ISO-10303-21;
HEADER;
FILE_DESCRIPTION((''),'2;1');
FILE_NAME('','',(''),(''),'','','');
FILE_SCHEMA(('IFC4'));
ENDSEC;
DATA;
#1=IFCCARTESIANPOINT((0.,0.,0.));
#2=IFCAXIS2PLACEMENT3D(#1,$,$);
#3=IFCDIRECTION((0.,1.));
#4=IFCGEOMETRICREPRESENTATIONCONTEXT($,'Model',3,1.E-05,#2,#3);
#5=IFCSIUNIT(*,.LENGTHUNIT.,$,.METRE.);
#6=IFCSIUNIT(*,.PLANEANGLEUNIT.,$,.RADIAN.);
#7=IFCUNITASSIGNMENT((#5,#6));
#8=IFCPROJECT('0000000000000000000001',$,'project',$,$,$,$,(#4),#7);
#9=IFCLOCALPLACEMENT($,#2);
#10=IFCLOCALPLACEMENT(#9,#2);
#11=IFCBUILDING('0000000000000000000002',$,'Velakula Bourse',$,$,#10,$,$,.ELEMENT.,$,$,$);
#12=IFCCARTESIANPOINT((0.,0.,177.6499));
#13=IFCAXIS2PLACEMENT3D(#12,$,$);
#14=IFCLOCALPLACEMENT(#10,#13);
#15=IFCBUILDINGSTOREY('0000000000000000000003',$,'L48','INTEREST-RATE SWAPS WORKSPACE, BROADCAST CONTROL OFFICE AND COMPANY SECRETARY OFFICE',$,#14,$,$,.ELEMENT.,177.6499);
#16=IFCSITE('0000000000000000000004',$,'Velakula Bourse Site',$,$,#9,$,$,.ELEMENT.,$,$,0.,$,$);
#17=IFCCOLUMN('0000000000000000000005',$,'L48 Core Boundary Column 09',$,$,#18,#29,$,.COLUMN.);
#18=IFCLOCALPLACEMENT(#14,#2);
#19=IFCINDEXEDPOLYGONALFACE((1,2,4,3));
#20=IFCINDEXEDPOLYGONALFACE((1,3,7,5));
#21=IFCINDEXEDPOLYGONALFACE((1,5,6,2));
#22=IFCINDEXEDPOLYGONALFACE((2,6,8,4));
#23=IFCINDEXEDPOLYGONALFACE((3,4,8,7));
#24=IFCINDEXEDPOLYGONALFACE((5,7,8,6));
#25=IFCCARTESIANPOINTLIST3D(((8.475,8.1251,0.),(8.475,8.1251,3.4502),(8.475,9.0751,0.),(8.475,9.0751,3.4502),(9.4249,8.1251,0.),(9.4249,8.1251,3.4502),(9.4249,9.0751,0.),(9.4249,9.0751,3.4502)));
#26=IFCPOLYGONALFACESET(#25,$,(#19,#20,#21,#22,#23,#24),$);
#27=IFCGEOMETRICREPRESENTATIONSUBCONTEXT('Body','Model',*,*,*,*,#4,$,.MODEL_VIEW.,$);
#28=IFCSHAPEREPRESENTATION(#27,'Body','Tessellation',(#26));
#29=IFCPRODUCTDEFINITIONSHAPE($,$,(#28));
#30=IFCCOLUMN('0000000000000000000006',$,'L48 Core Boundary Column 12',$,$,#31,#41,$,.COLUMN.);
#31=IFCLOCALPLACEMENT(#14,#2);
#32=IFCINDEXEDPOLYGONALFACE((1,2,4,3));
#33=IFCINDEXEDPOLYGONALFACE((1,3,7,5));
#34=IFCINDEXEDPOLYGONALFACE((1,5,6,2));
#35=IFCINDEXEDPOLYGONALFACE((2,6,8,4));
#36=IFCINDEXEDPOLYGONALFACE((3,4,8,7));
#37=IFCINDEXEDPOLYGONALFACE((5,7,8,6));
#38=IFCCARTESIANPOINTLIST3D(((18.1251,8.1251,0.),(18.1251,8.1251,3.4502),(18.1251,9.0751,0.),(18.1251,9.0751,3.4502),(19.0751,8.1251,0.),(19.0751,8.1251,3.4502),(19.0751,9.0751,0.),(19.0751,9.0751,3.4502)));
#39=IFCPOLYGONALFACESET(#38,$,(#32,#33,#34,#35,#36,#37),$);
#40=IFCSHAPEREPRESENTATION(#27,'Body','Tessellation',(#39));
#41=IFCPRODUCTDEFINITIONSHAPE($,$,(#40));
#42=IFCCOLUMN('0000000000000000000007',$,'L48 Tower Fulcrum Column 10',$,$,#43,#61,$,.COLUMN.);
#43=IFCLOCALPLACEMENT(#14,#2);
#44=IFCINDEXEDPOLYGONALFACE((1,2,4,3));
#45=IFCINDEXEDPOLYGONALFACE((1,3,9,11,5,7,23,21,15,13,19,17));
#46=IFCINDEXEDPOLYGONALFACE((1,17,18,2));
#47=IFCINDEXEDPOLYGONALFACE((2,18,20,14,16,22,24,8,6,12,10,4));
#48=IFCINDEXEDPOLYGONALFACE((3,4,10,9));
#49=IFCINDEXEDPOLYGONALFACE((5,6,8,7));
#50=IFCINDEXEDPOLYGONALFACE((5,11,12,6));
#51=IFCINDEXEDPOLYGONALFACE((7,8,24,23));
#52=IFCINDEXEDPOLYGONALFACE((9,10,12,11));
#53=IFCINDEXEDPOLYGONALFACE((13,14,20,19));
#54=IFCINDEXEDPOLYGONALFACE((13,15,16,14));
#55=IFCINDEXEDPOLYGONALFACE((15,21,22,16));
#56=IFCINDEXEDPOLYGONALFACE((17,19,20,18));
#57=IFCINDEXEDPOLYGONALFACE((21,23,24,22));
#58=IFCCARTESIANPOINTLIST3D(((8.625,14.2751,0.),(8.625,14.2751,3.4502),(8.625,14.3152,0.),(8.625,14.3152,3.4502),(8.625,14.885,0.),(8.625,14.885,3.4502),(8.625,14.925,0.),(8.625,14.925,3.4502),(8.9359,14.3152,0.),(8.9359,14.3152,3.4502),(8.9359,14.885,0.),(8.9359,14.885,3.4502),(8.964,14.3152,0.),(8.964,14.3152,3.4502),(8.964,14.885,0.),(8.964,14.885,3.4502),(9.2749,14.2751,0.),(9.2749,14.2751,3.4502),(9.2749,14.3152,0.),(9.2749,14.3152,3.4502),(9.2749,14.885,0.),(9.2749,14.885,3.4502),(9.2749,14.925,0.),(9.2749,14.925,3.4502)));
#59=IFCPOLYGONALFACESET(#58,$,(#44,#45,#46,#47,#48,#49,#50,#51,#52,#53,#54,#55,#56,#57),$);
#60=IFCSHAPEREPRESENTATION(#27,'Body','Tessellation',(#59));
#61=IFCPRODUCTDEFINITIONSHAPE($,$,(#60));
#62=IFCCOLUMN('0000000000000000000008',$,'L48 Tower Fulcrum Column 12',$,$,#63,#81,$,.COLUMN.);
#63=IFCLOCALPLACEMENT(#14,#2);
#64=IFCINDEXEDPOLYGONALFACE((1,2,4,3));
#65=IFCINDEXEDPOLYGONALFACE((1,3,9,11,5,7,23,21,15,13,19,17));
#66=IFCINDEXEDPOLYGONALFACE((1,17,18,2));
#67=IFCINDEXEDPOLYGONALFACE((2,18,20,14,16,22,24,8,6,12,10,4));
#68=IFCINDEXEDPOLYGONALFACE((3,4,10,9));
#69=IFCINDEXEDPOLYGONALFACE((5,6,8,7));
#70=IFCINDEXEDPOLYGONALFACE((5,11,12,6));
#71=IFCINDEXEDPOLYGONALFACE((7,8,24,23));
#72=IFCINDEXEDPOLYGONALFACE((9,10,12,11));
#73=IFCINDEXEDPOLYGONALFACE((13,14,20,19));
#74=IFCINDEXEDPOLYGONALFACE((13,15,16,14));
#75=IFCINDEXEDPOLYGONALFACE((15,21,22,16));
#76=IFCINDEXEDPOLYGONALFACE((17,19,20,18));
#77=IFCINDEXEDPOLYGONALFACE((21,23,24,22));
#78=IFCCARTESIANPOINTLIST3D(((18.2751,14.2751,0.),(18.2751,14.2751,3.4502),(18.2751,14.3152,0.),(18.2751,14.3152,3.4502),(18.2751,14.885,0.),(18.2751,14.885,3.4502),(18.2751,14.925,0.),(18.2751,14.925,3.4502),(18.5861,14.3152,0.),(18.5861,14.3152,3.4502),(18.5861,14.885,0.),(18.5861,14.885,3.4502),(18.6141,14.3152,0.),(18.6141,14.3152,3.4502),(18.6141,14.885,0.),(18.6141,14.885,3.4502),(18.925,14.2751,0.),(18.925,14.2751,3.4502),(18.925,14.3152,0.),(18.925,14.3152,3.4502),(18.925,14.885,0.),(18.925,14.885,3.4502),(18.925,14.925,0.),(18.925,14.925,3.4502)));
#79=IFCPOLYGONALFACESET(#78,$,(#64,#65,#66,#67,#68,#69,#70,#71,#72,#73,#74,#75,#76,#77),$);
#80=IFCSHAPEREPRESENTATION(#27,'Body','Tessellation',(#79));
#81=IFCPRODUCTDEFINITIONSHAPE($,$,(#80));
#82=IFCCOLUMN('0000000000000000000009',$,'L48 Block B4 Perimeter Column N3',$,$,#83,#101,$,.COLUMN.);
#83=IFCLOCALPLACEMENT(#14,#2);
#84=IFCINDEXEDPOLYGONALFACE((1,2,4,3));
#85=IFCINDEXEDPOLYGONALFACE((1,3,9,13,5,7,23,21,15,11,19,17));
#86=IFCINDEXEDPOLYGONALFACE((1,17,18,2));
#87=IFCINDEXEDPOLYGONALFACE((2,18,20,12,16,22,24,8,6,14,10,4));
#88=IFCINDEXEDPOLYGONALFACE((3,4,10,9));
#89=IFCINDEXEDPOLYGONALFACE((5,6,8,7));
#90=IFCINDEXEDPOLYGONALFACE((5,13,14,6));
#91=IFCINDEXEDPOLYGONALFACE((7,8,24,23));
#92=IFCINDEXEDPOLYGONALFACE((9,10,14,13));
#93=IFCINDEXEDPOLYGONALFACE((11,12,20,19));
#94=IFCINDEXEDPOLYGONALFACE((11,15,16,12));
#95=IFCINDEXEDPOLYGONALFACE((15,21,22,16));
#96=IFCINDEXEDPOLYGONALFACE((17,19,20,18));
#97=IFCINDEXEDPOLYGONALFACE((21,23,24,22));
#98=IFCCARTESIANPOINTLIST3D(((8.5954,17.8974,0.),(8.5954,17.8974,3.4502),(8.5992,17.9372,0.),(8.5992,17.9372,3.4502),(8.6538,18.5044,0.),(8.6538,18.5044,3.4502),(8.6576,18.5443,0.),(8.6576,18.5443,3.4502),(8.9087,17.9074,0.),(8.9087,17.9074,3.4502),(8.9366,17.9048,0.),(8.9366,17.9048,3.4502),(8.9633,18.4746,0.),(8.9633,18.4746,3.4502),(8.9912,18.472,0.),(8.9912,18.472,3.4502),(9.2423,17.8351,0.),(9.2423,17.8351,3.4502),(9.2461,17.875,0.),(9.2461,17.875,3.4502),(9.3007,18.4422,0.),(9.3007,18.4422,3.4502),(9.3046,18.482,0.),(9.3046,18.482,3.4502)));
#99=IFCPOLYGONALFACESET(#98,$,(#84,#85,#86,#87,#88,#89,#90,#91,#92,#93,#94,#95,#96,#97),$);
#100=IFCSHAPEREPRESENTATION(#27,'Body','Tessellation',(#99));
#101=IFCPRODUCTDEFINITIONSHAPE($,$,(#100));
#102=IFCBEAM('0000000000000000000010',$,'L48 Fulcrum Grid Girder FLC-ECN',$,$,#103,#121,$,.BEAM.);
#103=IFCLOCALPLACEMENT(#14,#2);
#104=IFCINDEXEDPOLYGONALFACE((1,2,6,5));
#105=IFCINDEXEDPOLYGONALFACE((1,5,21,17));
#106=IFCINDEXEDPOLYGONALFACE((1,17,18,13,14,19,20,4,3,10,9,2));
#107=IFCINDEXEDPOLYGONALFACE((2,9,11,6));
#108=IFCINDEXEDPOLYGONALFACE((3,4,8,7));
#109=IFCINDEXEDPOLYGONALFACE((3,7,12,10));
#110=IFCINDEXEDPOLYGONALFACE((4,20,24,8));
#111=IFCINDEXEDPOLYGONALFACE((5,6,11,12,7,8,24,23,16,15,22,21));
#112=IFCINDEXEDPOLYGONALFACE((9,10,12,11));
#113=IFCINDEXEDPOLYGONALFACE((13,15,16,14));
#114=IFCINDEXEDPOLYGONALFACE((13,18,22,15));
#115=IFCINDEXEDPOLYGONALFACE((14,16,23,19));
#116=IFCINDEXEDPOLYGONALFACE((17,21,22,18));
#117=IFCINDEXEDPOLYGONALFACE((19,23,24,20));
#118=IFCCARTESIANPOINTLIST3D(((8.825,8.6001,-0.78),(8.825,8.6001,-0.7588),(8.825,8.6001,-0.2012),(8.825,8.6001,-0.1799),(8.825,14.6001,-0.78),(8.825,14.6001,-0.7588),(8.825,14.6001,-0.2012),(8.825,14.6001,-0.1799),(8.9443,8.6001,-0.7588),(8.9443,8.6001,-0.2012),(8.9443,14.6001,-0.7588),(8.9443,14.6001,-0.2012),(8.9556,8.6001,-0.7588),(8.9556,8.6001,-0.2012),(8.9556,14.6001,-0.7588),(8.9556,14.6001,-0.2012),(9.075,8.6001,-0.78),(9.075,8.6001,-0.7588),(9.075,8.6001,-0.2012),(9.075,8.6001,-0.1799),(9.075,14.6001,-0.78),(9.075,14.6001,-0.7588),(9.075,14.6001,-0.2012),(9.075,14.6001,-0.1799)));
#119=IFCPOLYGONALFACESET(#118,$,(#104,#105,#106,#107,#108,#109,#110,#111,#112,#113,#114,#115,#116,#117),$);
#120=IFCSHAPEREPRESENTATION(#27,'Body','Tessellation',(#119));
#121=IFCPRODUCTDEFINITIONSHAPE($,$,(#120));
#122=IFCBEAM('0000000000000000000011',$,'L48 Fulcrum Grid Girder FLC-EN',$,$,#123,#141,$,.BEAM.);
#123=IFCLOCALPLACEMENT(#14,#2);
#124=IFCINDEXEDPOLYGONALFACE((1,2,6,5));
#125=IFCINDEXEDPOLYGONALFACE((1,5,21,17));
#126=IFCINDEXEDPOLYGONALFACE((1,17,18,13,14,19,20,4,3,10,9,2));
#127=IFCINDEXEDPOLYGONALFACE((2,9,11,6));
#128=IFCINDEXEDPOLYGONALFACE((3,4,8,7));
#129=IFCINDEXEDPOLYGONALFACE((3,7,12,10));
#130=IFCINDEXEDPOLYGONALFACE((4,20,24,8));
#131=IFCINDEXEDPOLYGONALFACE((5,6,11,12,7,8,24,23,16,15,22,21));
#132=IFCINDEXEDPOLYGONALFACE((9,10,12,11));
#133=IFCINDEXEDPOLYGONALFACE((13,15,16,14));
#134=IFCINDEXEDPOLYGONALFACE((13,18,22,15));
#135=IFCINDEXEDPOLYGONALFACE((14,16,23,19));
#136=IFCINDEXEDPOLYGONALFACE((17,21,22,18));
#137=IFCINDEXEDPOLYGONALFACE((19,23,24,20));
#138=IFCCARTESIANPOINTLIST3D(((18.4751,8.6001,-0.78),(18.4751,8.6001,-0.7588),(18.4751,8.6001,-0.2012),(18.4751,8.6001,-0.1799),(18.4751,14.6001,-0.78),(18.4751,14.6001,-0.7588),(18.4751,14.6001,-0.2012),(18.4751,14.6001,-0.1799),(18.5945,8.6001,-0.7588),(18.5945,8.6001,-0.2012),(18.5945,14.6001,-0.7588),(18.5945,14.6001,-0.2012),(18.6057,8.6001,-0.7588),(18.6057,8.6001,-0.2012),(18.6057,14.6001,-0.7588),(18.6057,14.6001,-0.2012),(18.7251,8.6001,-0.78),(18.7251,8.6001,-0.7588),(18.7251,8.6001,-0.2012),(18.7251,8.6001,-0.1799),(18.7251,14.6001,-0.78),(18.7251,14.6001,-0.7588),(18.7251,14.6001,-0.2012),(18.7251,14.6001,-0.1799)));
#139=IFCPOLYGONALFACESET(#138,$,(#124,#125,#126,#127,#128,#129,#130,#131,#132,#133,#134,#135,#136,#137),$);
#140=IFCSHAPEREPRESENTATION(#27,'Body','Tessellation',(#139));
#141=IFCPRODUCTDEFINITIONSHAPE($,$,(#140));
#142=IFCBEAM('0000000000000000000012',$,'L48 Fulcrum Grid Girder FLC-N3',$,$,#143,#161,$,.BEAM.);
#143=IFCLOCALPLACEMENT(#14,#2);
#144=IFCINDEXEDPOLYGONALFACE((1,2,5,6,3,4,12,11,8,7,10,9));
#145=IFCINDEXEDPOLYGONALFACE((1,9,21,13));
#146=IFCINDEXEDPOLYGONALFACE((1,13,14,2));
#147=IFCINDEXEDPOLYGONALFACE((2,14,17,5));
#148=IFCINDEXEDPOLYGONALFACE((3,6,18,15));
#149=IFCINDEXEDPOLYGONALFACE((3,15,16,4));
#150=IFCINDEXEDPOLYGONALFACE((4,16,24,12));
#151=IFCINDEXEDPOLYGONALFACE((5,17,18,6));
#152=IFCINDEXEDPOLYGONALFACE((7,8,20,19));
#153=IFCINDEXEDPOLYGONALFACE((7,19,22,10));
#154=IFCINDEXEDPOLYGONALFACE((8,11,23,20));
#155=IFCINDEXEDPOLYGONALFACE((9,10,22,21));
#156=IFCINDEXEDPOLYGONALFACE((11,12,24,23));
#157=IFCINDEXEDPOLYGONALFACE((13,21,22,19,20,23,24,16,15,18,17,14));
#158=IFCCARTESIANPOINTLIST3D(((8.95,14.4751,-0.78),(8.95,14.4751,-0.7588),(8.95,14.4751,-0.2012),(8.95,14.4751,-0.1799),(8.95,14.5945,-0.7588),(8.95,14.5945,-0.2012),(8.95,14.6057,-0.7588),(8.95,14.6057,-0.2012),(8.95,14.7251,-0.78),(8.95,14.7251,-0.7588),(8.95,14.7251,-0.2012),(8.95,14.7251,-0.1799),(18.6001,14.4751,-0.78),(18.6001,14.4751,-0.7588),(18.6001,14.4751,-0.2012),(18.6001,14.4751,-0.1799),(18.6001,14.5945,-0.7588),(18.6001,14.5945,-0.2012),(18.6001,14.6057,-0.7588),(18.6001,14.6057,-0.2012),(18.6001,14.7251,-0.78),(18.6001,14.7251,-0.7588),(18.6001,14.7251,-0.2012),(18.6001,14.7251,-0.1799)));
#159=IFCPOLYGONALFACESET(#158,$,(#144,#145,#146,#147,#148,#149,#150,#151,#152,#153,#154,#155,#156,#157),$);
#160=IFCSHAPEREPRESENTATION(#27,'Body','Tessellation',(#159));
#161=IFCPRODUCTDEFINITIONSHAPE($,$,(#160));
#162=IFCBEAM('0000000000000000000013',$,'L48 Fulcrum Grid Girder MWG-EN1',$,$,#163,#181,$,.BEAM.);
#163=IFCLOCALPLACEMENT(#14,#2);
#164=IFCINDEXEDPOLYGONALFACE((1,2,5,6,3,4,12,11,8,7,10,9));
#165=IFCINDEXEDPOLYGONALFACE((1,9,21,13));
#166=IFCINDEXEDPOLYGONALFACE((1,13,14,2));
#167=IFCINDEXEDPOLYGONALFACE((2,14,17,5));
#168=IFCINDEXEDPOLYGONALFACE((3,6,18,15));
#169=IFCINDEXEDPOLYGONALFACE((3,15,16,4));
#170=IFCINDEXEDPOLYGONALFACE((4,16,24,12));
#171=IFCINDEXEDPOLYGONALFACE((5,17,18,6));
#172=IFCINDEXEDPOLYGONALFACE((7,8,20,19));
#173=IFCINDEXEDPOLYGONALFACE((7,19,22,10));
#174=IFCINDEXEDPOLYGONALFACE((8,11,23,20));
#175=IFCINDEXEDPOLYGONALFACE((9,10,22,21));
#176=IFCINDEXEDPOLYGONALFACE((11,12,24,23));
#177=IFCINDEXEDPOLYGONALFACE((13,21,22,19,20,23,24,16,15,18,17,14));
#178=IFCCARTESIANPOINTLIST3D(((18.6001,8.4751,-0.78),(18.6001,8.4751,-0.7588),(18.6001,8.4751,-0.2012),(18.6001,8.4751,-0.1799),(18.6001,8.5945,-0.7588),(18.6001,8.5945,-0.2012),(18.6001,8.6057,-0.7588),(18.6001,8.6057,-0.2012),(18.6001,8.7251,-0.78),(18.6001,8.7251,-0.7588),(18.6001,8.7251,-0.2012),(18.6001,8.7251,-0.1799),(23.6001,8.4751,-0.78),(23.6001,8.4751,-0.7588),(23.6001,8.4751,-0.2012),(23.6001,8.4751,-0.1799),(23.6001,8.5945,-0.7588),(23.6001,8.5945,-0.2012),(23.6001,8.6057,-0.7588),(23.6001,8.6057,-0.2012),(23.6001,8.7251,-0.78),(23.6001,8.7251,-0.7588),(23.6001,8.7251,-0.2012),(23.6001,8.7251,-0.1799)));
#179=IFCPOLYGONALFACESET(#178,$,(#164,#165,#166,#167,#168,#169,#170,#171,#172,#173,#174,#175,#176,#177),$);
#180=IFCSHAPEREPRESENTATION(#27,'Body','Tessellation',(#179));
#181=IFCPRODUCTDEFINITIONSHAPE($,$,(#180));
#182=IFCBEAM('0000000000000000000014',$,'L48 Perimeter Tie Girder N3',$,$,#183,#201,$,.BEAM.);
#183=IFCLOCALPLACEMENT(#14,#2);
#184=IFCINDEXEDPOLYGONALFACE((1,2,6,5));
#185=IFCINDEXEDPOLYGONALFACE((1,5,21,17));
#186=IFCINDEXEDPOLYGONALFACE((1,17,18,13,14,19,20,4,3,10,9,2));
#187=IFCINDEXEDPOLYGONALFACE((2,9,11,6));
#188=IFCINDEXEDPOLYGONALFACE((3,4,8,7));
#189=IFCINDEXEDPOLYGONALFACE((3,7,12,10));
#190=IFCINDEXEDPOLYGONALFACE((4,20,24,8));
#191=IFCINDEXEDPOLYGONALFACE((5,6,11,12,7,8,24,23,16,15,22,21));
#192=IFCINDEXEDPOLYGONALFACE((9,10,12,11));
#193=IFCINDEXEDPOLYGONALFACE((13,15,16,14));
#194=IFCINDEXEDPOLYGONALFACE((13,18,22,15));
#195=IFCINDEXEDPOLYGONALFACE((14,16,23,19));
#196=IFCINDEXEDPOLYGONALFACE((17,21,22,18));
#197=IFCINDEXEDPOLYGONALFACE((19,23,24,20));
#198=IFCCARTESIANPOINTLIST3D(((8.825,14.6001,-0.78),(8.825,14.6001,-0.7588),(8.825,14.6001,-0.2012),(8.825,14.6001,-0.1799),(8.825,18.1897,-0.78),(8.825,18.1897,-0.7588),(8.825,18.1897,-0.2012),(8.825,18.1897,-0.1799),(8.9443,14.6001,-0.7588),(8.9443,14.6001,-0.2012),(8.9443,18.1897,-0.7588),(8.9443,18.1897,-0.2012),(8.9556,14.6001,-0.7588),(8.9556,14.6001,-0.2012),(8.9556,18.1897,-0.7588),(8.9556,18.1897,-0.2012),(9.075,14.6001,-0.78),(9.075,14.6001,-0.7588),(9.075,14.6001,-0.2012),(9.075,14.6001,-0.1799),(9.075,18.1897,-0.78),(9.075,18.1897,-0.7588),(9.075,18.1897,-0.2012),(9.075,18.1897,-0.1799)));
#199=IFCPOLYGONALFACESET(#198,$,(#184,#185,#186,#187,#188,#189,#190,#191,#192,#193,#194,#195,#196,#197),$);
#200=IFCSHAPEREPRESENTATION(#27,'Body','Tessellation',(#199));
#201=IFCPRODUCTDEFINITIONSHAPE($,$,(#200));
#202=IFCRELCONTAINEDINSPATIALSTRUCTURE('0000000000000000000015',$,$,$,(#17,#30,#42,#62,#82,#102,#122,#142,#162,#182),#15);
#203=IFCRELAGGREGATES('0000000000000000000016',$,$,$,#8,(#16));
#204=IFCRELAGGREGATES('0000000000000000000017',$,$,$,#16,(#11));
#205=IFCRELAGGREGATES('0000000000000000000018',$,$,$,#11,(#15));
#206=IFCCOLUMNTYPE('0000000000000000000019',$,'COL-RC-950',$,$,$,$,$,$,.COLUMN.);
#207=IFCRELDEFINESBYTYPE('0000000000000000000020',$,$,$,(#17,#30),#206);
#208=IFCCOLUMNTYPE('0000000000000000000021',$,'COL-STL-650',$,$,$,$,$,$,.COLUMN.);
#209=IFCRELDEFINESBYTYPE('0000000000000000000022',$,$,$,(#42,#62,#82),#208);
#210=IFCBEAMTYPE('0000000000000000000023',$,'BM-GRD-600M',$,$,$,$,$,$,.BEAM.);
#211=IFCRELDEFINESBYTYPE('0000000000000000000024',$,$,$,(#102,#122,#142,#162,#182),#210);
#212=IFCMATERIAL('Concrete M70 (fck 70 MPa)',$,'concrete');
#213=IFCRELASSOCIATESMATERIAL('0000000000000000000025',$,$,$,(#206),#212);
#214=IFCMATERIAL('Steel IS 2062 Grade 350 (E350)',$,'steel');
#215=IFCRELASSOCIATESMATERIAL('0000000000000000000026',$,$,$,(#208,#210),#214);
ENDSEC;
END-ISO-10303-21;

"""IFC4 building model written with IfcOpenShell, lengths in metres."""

from ifc_helpers import new_model, si_unit, direction, frame, origin, origin_2d, place, context, subcontext, project, spatial, rectangle, i_section, extrude, material, material_profile, profile_set, type_object, element, save


model = new_model("IFC4")

# Units and contexts
model_context = context("Model", 3, precision=1e-05, world=origin(), true_north=direction((0.0, 1.0)))
body_context = subcontext(model_context, "Body", "Model", "MODEL_VIEW")
ifc_project = project(units=[si_unit("LENGTHUNIT", "METRE"), si_unit("PLANEANGLEUNIT", "RADIAN")], contexts=[model_context])

# Site, building, storey
site_placement = place(None, origin())
site = spatial("IfcSite", under=ifc_project, at=site_placement, Name="Velakula Bourse Site", CompositionType="ELEMENT", RefElevation=0.0)
building_placement = place(site_placement, origin())
building = spatial("IfcBuilding", under=site, at=building_placement, Name="Velakula Bourse", CompositionType="ELEMENT")
storey_placement = place(building_placement, frame((0.0, 0.0, 177.6499)))
storey = spatial("IfcBuildingStorey", under=building, at=storey_placement, Name="L48", Description="INTEREST-RATE SWAPS WORKSPACE, BROADCAST CONTROL OFFICE AND COMPANY SECRETARY OFFICE", CompositionType="ELEMENT", Elevation=177.6499)

# Columns
ifc_material_1 = material(Name="Concrete M70 (fck 70 MPa)", Category="concrete")
ifc_material_profile_1 = material_profile(ifc_material_1, rectangle(XDim=0.95, YDim=0.95, at=origin_2d()), Name="Concrete M70 (fck 70 MPa)")
ifc_profile_set_1 = profile_set([ifc_material_profile_1], Name="Concrete M70 (fck 70 MPa)")
column_type_1 = type_object("IfcColumnType", Name="COL-RC-950", PredefinedType="COLUMN", material=ifc_profile_set_1)
for number, where, z_axis, x_axis, name in (
    (1, (8.95, 8.6001, 0.0), (0.0, 0.0, 1.0), (1.0, 0.0, 0.0), "L48 Core Boundary Column 09"),
    (2, (18.6001, 8.6001, 0.0), (0.0, 0.0, 1.0), (1.0, 0.0, 0.0), "L48 Core Boundary Column 12"),
):
    element("IfcColumn", number, at=place(storey_placement, frame(where, z_axis=z_axis, x_axis=x_axis)), inside=storey, type_object=column_type_1, Name=name, PredefinedType="COLUMN", context=body_context, shape_type="SweptSolid", body=[
        extrude(rectangle(XDim=0.95, YDim=0.95, at=origin_2d()), origin(), (0.0, 0.0, 1.0), 3.4502),
    ])
ifc_material_2 = material(Name="Steel IS 2062 Grade 350 (E350)", Category="steel")
ifc_material_profile_2 = material_profile(ifc_material_2, i_section(OverallWidth=0.6499, OverallDepth=0.6499, WebThickness=0.0281, FlangeThickness=0.04, at=origin_2d()), Name="Steel IS 2062 Grade 350 (E350)")
ifc_profile_set_2 = profile_set([ifc_material_profile_2], Name="Steel IS 2062 Grade 350 (E350)")
column_type_2 = type_object("IfcColumnType", Name="COL-STL-650", PredefinedType="COLUMN", material=ifc_profile_set_2)
for number, where, z_axis, x_axis, name in (
    (3, (8.95, 14.6001, 0.0), (0.0, 0.0, 1.0), (1.0, 0.0, 0.0), "L48 Tower Fulcrum Column 10"),
    (4, (18.6001, 14.6001, 0.0), (0.0, 0.0, 1.0), (1.0, 0.0, 0.0), "L48 Tower Fulcrum Column 12"),
    (5, (8.95, 18.1897, 0.0), (0.0, 0.0, 1.0), (0.995396, -0.095846, 0.0), "L48 Block B4 Perimeter Column N3"),
):
    element("IfcColumn", number, at=place(storey_placement, frame(where, z_axis=z_axis, x_axis=x_axis)), inside=storey, type_object=column_type_2, Name=name, PredefinedType="COLUMN", context=body_context, shape_type="SweptSolid", body=[
        extrude(i_section(OverallWidth=0.6499, OverallDepth=0.6499, WebThickness=0.0281, FlangeThickness=0.04, at=origin_2d()), origin(), (0.0, 0.0, 1.0), 3.4502),
    ])

# Beams
ifc_material_profile_3 = material_profile(ifc_material_2, i_section(OverallWidth=0.25, OverallDepth=0.6001, WebThickness=0.0112, FlangeThickness=0.0212, at=origin_2d()), Name="Steel IS 2062 Grade 350 (E350)")
ifc_profile_set_3 = profile_set([ifc_material_profile_3], Name="Steel IS 2062 Grade 350 (E350)")
beam_type_1 = type_object("IfcBeamType", Name="BM-GRD-600M", PredefinedType="BEAM", material=ifc_profile_set_3)
for number, where, z_axis, x_axis, name in (
    (6, (8.95, 8.6001, -0.48), (0.0, 1.0, 0.0), (-1.0, 0.0, 0.0), "L48 Fulcrum Grid Girder FLC-ECN"),
    (7, (18.6001, 8.6001, -0.48), (0.0, 1.0, 0.0), (-1.0, 0.0, 0.0), "L48 Fulcrum Grid Girder FLC-EN"),
):
    element("IfcBeam", number, at=place(storey_placement, frame(where, z_axis=z_axis, x_axis=x_axis)), inside=storey, type_object=beam_type_1, Name=name, PredefinedType="BEAM", context=body_context, shape_type="SweptSolid", body=[
        extrude(i_section(OverallWidth=0.25, OverallDepth=0.6001, WebThickness=0.0112, FlangeThickness=0.0212, at=origin_2d()), origin(), (0.0, 0.0, 1.0), 6.0),
    ])
beam_1_placement = place(storey_placement, frame((8.95, 14.6001, -0.48), z_axis=(1.0, 0.0, 0.0), x_axis=(0.0, 1.0, 0.0)))
element("IfcBeam", 8, at=beam_1_placement, inside=storey, type_object=beam_type_1, Name="L48 Fulcrum Grid Girder FLC-N3", PredefinedType="BEAM", context=body_context, shape_type="SweptSolid", body=[
    extrude(i_section(OverallWidth=0.25, OverallDepth=0.6001, WebThickness=0.0112, FlangeThickness=0.0212, at=origin_2d()), origin(), (0.0, 0.0, 1.0), 9.6501),
])
beam_2_placement = place(storey_placement, frame((18.6001, 8.6001, -0.48), z_axis=(1.0, 0.0, 0.0), x_axis=(0.0, 1.0, 0.0)))
element("IfcBeam", 9, at=beam_2_placement, inside=storey, type_object=beam_type_1, Name="L48 Fulcrum Grid Girder MWG-EN1", PredefinedType="BEAM", context=body_context, shape_type="SweptSolid", body=[
    extrude(i_section(OverallWidth=0.25, OverallDepth=0.6001, WebThickness=0.0112, FlangeThickness=0.0212, at=origin_2d()), origin(), (0.0, 0.0, 1.0), 5.0),
])
beam_3_placement = place(storey_placement, frame((8.95, 14.6001, -0.48), z_axis=(0.0, 1.0, 0.0), x_axis=(-1.0, 0.0, 0.0)))
element("IfcBeam", 10, at=beam_3_placement, inside=storey, type_object=beam_type_1, Name="L48 Perimeter Tie Girder N3", PredefinedType="BEAM", context=body_context, shape_type="SweptSolid", body=[
    extrude(i_section(OverallWidth=0.25, OverallDepth=0.6001, WebThickness=0.0112, FlangeThickness=0.0212, at=origin_2d()), origin(), (0.0, 0.0, 1.0), 3.5896),
])

save(model, "model.ifc")
